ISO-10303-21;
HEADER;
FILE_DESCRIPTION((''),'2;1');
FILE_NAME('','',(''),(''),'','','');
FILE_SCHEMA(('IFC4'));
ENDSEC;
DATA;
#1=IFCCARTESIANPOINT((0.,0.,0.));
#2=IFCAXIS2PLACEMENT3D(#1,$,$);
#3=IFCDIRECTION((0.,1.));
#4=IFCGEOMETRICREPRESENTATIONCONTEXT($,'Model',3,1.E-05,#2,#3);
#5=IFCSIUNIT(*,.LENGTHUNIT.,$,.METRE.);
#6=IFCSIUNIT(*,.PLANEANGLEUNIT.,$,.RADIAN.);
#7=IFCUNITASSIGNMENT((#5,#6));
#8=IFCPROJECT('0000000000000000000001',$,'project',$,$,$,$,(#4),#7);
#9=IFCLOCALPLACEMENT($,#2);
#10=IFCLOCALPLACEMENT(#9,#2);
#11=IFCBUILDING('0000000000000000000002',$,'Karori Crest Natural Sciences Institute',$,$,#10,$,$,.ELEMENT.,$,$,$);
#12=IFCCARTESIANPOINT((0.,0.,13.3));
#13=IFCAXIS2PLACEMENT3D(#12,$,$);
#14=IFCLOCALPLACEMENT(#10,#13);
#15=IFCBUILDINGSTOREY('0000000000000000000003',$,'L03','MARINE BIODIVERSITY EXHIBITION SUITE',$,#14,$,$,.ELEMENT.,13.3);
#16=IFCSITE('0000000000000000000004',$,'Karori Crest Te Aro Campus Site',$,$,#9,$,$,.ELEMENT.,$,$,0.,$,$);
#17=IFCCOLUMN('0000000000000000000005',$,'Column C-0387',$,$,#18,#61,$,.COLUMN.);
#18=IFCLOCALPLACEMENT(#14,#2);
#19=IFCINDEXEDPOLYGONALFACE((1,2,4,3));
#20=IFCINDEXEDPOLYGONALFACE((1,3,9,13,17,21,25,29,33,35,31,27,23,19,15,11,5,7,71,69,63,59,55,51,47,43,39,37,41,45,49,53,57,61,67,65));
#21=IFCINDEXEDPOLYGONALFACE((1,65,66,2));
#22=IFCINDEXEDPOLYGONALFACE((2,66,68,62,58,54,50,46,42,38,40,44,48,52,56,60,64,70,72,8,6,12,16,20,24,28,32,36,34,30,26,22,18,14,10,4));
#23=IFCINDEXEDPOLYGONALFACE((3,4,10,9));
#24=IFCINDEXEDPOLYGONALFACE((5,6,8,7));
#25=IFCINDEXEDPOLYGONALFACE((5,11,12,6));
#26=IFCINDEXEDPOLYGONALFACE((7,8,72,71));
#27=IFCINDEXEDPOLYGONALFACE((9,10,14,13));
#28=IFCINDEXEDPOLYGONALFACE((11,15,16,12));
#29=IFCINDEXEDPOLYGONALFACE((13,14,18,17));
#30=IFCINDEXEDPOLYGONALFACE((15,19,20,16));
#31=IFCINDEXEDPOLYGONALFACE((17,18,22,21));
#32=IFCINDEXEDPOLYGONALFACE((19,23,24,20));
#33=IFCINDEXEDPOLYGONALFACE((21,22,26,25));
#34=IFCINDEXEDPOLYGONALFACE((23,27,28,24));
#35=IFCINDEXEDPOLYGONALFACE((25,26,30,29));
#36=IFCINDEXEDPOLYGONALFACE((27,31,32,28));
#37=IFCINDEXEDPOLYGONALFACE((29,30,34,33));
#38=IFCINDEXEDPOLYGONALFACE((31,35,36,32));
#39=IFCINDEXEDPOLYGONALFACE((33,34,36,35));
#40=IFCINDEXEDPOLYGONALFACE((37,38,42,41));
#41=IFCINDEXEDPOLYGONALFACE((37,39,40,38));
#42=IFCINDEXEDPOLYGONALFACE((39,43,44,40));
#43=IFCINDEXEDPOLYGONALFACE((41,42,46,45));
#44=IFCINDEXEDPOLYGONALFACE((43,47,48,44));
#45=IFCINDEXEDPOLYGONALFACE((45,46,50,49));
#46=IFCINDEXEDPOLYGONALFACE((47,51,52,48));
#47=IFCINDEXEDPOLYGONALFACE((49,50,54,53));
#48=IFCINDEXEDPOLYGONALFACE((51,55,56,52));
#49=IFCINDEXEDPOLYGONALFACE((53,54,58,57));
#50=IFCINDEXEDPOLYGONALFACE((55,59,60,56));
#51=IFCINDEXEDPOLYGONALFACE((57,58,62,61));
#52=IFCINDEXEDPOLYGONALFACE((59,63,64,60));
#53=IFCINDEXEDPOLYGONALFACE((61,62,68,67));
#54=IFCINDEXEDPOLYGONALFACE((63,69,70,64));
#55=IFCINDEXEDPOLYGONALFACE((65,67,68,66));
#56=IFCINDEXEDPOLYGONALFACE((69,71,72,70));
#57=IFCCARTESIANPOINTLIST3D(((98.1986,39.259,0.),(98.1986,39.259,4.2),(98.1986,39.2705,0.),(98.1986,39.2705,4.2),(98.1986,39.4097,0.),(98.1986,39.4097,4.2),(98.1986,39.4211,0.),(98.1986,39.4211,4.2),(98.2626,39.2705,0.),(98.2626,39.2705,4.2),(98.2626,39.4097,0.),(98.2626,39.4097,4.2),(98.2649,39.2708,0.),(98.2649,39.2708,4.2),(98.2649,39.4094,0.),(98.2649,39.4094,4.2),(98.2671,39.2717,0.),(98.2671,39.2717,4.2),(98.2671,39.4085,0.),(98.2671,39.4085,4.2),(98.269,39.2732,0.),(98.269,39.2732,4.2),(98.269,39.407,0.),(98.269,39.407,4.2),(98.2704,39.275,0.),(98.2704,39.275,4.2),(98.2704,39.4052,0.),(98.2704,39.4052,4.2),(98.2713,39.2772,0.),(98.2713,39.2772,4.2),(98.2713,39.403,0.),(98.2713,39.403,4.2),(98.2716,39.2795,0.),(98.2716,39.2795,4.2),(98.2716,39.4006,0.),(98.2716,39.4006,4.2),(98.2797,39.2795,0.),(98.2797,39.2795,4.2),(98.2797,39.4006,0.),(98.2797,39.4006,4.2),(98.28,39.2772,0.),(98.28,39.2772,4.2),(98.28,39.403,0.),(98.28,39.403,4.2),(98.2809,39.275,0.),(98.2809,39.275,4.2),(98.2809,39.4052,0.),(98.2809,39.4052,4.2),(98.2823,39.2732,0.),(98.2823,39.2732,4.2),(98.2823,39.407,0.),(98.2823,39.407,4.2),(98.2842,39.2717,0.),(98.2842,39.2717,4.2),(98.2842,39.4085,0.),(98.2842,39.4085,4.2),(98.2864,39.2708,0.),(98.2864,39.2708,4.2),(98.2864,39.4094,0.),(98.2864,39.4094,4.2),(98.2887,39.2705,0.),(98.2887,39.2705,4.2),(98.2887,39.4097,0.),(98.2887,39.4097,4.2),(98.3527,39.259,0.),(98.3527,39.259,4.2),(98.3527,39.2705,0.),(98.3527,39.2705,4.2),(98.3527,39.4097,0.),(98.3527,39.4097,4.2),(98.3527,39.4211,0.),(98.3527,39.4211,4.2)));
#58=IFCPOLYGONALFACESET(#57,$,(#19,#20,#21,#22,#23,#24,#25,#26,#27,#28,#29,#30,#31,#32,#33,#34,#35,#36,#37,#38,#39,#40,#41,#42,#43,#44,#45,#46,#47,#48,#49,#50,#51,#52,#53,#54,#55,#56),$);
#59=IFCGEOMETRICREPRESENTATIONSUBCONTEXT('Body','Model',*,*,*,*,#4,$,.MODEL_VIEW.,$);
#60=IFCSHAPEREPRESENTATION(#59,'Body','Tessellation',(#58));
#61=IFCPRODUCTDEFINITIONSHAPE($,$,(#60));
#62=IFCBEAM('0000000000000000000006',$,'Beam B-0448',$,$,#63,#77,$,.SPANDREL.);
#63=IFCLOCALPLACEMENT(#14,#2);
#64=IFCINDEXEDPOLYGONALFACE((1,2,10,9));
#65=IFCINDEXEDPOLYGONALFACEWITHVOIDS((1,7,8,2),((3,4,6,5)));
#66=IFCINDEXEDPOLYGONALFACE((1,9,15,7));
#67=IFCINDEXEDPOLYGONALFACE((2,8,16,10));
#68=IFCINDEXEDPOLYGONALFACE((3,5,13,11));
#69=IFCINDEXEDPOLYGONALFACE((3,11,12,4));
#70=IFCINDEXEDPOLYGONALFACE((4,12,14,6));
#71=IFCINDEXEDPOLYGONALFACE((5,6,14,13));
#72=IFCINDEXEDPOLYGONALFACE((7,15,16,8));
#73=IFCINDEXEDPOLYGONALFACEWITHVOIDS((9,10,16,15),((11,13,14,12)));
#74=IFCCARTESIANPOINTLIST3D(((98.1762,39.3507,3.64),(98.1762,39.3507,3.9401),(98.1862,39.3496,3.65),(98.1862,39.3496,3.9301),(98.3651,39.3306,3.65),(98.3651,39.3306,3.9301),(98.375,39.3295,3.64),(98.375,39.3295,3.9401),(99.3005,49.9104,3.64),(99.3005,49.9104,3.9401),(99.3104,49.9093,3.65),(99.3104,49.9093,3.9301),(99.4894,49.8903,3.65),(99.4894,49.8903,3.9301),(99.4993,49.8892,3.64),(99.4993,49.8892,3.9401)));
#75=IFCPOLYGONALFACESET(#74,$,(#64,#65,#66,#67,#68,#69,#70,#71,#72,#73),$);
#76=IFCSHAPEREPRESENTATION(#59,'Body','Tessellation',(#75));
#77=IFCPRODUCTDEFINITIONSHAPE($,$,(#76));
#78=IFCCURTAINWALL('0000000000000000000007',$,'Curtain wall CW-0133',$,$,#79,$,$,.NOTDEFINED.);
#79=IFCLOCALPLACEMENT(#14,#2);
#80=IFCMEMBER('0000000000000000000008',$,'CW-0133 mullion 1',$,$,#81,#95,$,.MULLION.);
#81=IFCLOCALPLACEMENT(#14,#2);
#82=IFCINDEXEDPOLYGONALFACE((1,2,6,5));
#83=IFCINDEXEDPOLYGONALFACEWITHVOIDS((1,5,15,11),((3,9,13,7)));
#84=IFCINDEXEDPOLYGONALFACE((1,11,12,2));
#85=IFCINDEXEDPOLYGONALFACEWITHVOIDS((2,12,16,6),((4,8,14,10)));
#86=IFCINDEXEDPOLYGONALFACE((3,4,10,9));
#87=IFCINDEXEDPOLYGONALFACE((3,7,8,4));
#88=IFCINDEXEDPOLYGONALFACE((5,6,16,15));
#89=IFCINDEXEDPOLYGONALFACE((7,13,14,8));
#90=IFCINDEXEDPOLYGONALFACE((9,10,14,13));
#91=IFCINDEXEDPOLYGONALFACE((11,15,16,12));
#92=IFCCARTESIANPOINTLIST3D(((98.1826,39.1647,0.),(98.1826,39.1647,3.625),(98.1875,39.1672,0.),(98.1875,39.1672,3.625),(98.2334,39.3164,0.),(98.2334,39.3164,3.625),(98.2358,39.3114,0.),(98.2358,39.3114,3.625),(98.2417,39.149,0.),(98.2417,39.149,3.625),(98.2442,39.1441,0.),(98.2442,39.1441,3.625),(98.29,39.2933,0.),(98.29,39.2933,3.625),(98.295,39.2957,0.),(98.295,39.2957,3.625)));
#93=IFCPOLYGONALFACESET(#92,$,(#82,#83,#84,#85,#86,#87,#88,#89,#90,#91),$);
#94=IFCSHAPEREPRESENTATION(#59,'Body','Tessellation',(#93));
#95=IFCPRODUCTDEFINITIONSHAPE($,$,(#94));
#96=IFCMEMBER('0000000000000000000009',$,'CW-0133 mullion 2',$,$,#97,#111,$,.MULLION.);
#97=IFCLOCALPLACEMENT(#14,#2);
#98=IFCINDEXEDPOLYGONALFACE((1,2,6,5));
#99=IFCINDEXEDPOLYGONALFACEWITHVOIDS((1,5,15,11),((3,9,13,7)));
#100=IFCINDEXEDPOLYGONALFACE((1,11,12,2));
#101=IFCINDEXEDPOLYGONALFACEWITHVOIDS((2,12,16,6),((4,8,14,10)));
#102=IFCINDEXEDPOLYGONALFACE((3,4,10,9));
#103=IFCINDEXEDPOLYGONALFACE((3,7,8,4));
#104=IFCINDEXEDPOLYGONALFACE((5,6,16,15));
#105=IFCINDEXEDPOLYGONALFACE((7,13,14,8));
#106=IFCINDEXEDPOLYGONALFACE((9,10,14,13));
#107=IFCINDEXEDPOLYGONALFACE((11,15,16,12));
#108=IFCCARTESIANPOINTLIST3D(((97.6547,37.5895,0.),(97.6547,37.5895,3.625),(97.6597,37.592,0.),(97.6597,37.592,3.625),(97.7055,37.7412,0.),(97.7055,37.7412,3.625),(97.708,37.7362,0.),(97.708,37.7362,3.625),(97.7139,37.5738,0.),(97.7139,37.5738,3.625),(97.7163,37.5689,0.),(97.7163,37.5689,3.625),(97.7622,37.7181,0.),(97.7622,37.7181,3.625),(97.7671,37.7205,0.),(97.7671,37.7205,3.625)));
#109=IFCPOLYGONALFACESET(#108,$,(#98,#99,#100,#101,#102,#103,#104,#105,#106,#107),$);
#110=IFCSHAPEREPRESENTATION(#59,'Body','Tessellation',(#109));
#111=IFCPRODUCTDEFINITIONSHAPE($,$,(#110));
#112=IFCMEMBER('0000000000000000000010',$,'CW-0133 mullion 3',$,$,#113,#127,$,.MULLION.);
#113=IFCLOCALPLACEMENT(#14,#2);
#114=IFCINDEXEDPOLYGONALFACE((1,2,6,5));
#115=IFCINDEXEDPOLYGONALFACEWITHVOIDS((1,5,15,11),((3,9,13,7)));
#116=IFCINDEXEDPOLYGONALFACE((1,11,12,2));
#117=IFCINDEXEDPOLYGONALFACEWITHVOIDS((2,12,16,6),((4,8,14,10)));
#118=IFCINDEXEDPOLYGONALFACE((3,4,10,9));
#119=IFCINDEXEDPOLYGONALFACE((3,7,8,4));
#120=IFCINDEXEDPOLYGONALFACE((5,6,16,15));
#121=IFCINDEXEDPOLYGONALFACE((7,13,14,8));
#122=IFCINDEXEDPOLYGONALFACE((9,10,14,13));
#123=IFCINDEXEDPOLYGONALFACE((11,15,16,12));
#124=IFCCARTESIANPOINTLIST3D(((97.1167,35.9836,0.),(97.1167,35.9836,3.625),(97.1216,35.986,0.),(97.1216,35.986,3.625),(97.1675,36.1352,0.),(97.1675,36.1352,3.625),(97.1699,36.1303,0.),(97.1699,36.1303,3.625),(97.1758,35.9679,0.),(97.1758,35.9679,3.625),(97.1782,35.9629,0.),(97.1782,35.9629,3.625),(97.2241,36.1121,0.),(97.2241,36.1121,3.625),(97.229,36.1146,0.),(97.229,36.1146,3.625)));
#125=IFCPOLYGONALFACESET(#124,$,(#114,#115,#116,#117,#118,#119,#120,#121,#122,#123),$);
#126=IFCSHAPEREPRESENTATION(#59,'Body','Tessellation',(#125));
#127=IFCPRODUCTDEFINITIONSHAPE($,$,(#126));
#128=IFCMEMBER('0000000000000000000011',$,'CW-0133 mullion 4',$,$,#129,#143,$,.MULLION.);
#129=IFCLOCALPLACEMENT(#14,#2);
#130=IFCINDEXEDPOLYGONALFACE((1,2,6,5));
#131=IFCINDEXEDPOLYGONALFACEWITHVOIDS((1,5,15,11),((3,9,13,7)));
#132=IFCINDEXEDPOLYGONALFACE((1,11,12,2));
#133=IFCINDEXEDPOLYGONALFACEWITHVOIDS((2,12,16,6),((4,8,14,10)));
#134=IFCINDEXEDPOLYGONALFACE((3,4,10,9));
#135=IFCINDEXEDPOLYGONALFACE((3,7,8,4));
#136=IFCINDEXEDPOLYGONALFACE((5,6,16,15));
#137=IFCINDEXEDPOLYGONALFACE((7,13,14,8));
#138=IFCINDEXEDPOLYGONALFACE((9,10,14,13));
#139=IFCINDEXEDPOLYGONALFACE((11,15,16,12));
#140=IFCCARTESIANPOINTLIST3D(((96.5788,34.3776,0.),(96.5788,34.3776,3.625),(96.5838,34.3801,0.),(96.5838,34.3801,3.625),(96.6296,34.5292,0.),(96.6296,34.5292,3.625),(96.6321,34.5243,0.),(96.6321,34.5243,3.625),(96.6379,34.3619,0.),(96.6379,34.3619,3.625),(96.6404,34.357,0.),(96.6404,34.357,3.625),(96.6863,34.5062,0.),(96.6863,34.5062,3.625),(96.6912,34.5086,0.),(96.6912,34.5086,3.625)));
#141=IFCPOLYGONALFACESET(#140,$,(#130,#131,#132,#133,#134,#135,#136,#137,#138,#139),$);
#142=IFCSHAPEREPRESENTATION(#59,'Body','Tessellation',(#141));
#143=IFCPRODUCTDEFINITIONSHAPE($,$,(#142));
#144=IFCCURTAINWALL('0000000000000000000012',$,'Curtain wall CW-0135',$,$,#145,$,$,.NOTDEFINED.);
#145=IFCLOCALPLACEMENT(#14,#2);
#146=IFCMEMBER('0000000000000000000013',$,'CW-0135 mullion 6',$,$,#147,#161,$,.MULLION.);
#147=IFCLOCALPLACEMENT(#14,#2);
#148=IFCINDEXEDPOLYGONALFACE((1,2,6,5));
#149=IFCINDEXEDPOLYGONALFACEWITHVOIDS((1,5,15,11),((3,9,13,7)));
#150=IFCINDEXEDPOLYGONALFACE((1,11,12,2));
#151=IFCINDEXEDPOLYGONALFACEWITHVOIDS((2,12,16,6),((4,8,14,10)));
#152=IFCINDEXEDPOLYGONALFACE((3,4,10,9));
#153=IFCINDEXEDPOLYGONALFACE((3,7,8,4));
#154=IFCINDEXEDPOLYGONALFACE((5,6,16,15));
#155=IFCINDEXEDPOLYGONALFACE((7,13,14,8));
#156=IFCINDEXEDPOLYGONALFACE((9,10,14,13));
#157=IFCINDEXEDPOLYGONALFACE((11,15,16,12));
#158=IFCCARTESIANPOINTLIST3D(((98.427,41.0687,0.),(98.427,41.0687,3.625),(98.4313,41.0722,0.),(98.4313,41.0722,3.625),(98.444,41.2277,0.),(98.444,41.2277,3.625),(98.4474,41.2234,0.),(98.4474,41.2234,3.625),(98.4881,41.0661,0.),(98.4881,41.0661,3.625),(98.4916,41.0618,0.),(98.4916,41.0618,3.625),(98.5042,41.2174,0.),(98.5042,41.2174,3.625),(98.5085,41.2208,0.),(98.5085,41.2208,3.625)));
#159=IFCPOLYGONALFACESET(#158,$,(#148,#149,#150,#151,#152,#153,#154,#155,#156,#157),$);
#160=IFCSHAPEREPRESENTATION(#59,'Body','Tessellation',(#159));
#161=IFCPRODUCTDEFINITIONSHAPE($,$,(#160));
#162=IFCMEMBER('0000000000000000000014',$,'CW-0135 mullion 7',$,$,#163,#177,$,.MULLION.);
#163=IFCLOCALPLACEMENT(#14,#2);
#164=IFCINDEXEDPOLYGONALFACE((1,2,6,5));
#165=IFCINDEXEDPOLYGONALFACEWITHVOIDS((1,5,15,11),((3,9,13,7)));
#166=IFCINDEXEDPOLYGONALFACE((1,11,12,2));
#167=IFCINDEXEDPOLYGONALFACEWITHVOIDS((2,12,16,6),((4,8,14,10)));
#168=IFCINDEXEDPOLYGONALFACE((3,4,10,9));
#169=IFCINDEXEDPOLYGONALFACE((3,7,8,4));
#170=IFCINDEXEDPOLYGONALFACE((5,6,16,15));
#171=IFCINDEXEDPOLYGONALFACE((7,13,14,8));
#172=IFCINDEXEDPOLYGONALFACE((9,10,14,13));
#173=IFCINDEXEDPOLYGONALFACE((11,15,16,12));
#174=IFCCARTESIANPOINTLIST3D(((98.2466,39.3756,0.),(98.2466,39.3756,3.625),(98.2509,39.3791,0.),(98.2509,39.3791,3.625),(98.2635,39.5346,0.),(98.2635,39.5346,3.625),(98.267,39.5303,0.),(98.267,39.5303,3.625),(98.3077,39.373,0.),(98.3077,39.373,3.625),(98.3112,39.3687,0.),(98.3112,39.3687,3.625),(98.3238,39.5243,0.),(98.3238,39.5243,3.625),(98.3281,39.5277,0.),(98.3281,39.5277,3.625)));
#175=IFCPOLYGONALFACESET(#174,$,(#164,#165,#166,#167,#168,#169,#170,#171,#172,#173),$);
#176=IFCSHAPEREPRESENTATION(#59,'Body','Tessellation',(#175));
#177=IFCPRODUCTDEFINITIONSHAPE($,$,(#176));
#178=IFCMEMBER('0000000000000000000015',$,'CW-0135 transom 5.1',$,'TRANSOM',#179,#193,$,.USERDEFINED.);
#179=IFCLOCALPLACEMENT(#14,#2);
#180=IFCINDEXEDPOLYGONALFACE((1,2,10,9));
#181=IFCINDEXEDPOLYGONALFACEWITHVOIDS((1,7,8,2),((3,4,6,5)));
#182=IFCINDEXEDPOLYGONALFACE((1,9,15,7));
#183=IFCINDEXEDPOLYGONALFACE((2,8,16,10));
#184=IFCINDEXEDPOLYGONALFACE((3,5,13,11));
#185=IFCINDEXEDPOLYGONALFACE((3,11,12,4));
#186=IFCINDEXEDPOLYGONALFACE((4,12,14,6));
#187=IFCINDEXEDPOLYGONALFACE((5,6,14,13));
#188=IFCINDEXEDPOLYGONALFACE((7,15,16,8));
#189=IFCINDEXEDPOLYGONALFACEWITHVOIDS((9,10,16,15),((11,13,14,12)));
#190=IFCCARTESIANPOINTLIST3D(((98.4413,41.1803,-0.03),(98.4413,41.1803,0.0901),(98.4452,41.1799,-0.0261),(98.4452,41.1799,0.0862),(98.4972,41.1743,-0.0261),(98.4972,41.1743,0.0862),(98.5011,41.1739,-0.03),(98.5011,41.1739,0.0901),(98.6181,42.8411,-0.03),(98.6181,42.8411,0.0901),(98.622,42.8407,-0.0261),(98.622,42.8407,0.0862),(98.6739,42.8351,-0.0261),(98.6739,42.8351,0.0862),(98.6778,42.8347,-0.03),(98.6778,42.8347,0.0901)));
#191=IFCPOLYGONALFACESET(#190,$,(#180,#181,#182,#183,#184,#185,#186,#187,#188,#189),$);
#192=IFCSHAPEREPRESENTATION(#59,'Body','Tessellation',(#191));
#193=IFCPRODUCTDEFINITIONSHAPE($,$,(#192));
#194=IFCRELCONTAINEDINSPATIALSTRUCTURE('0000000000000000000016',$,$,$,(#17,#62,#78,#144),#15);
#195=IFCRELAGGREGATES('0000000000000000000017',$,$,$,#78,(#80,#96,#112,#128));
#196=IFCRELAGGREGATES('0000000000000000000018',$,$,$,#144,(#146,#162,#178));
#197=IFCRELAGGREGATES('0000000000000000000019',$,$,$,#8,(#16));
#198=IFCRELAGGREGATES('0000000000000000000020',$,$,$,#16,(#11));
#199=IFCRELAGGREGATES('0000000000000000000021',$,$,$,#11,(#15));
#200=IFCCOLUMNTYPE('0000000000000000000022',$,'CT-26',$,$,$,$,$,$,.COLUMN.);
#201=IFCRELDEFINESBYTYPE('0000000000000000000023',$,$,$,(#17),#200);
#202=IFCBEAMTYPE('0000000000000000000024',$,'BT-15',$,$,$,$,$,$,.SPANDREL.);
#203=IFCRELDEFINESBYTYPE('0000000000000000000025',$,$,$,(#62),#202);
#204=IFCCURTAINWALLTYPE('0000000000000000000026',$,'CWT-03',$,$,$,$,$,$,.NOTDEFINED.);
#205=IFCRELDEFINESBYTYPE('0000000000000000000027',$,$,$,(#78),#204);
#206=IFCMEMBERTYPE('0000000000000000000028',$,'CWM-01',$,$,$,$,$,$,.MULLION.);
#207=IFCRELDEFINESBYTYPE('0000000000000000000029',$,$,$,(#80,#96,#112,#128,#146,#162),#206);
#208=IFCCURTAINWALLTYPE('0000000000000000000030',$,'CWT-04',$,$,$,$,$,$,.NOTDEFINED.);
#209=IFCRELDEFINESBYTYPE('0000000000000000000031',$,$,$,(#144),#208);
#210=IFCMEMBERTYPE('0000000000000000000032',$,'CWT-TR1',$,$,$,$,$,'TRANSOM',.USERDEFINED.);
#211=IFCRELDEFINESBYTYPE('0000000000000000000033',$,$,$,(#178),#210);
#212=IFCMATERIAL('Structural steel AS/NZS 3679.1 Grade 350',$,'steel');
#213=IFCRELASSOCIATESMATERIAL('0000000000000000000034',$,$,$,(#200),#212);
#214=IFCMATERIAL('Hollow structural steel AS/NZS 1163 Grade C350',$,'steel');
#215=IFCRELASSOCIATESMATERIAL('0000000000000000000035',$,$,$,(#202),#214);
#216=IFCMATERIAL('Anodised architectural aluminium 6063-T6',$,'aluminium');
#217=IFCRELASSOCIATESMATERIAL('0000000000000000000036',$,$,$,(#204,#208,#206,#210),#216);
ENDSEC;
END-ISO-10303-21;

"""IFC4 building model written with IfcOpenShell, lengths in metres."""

from ifc_helpers import new_model, si_unit, direction, frame, origin, origin_2d, place, context, subcontext, project, spatial, hollow_rectangle, i_section, extrude, material, material_profile, profile_set, type_object, element, aggregate, save


model = new_model("IFC4")

# Units and contexts
model_context = context("Model", 3, precision=1e-05, world=origin(), true_north=direction((0.0, 1.0)))
body_context = subcontext(model_context, "Body", "Model", "MODEL_VIEW")
ifc_project = project(units=[si_unit("LENGTHUNIT", "METRE"), si_unit("PLANEANGLEUNIT", "RADIAN")], contexts=[model_context])

# Site, building, storey
site_placement = place(None, origin())
site = spatial("IfcSite", under=ifc_project, at=site_placement, Name="Karori Crest Te Aro Campus Site", CompositionType="ELEMENT", RefElevation=0.0)
building_placement = place(site_placement, origin())
building = spatial("IfcBuilding", under=site, at=building_placement, Name="Karori Crest Natural Sciences Institute", CompositionType="ELEMENT")
storey_placement = place(building_placement, frame((0.0, 0.0, 13.3)))
storey = spatial("IfcBuildingStorey", under=building, at=storey_placement, Name="L03", Description="MARINE BIODIVERSITY EXHIBITION SUITE", CompositionType="ELEMENT", Elevation=13.3)

# Column
ifc_material_1 = material(Name="Structural steel AS/NZS 3679.1 Grade 350", Category="steel")
ifc_material_profile_1 = material_profile(ifc_material_1, i_section(OverallWidth=0.1541, OverallDepth=0.1621, WebThickness=0.0081, FlangeThickness=0.0115, FilletRadius=0.009, at=origin_2d()), Name="150UC37.2")
ifc_profile_set_1 = profile_set([ifc_material_profile_1], Name="Structural steel AS/NZS 3679.1 Grade 350")
column_type = type_object("IfcColumnType", Name="CT-26", PredefinedType="COLUMN", material=ifc_profile_set_1)
column_placement = place(storey_placement, frame((98.2756, 39.3401, 0.0), z_axis=(0.0, 0.0, 1.0), x_axis=(1.0, 0.0, 0.0)))
element("IfcColumn", 1, at=column_placement, inside=storey, type_object=column_type, Name="Column C-0387", PredefinedType="COLUMN", context=body_context, shape_type="SweptSolid", body=[
    extrude(i_section(OverallWidth=0.1541, OverallDepth=0.1621, WebThickness=0.0081, FlangeThickness=0.0115, FilletRadius=0.009, at=origin_2d()), origin(), (0.0, 0.0, 1.0), 4.2),
])

# Beam
ifc_material_2 = material(Name="Hollow structural steel AS/NZS 1163 Grade C350", Category="steel")
ifc_material_profile_2 = material_profile(ifc_material_2, hollow_rectangle(XDim=0.2, YDim=0.3, WallThickness=0.01, at=origin_2d()), Name="RHS300x200x10")
ifc_profile_set_2 = profile_set([ifc_material_profile_2], Name="Hollow structural steel AS/NZS 1163 Grade C350")
beam_type = type_object("IfcBeamType", Name="BT-15", PredefinedType="SPANDREL", material=ifc_profile_set_2)
beam_placement = place(storey_placement, frame((98.2756, 39.3401, 3.79), z_axis=(0.105868, 0.99438, 0.0), x_axis=(-0.99438, 0.105868, 0.0)))
element("IfcBeam", 2, at=beam_placement, inside=storey, type_object=beam_type, Name="Beam B-0448", PredefinedType="SPANDREL", context=body_context, shape_type="SweptSolid", body=[
    extrude(hollow_rectangle(XDim=0.2, YDim=0.3, WallThickness=0.01, at=origin_2d()), origin(), (0.0, 0.0, 1.0), 10.6194),
])

# Curtain walls, members
ifc_material_3 = material(Name="Anodised architectural aluminium 6063-T6", Category="aluminium")
curtain_wall_type_1 = type_object("IfcCurtainWallType", Name="CWT-03", PredefinedType="NOTDEFINED", material=ifc_material_3)
curtain_wall_1_placement = place(storey_placement, origin())
curtain_wall_1 = element("IfcCurtainWall", 3, at=curtain_wall_1_placement, inside=storey, type_object=curtain_wall_type_1, Name="Curtain wall CW-0133", PredefinedType="NOTDEFINED")
ifc_material_profile_3 = material_profile(ifc_material_3, hollow_rectangle(XDim=0.0649, YDim=0.1599, WallThickness=0.0039, at=origin_2d()), Name="CWM160x65x4")
ifc_profile_set_3 = profile_set([ifc_material_profile_3], Name="Anodised architectural aluminium 6063-T6")
member_type_1 = type_object("IfcMemberType", Name="CWM-01", PredefinedType="MULLION", material=ifc_profile_set_3)
member_1_placement = place(storey_placement, frame((98.2388, 39.2302, 0.0), z_axis=(0.0, 0.0, 1.0), x_axis=(0.948198, -0.31768, 0.0)))
member_1 = element("IfcMember", 4, at=member_1_placement, type_object=member_type_1, Name="CW-0133 mullion 1", PredefinedType="MULLION", context=body_context, shape_type="SweptSolid", body=[
    extrude(hollow_rectangle(XDim=0.0649, YDim=0.1599, WallThickness=0.0039, at=origin_2d()), origin(), (0.0, 0.0, 1.0), 3.625),
])
member_2_placement = place(storey_placement, frame((97.7109, 37.655, 0.0), z_axis=(0.0, 0.0, 1.0), x_axis=(0.948198, -0.31768, 0.0)))
member_2 = element("IfcMember", 5, at=member_2_placement, type_object=member_type_1, Name="CW-0133 mullion 2", PredefinedType="MULLION", context=body_context, shape_type="SweptSolid", body=[
    extrude(hollow_rectangle(XDim=0.0649, YDim=0.1599, WallThickness=0.0039, at=origin_2d()), origin(), (0.0, 0.0, 1.0), 3.625),
])
member_3_placement = place(storey_placement, frame((97.1729, 36.0491, 0.0), z_axis=(0.0, 0.0, 1.0), x_axis=(0.948198, -0.31768, 0.0)))
member_3 = element("IfcMember", 6, at=member_3_placement, type_object=member_type_1, Name="CW-0133 mullion 3", PredefinedType="MULLION", context=body_context, shape_type="SweptSolid", body=[
    extrude(hollow_rectangle(XDim=0.0649, YDim=0.1599, WallThickness=0.0039, at=origin_2d()), origin(), (0.0, 0.0, 1.0), 3.625),
])
member_4_placement = place(storey_placement, frame((96.635, 34.4431, 0.0), z_axis=(0.0, 0.0, 1.0), x_axis=(0.948198, -0.31768, 0.0)))
member_4 = element("IfcMember", 7, at=member_4_placement, type_object=member_type_1, Name="CW-0133 mullion 4", PredefinedType="MULLION", context=body_context, shape_type="SweptSolid", body=[
    extrude(hollow_rectangle(XDim=0.0649, YDim=0.1599, WallThickness=0.0039, at=origin_2d()), origin(), (0.0, 0.0, 1.0), 3.625),
])
curtain_wall_type_2 = type_object("IfcCurtainWallType", Name="CWT-04", PredefinedType="NOTDEFINED", material=ifc_material_3)
curtain_wall_2_placement = place(storey_placement, origin())
curtain_wall_2 = element("IfcCurtainWall", 8, at=curtain_wall_2_placement, inside=storey, type_object=curtain_wall_type_2, Name="Curtain wall CW-0135", PredefinedType="NOTDEFINED")
member_5_placement = place(storey_placement, frame((98.4678, 41.1448, 0.0), z_axis=(0.0, 0.0, 1.0), x_axis=(0.994378, -0.105886, 0.0)))
member_5 = element("IfcMember", 9, at=member_5_placement, type_object=member_type_1, Name="CW-0135 mullion 6", PredefinedType="MULLION", context=body_context, shape_type="SweptSolid", body=[
    extrude(hollow_rectangle(XDim=0.0649, YDim=0.1599, WallThickness=0.0039, at=origin_2d()), origin(), (0.0, 0.0, 1.0), 3.625),
])
member_6_placement = place(storey_placement, frame((98.2874, 39.4517, 0.0), z_axis=(0.0, 0.0, 1.0), x_axis=(0.994378, -0.105886, 0.0)))
member_6 = element("IfcMember", 10, at=member_6_placement, type_object=member_type_1, Name="CW-0135 mullion 7", PredefinedType="MULLION", context=body_context, shape_type="SweptSolid", body=[
    extrude(hollow_rectangle(XDim=0.0649, YDim=0.1599, WallThickness=0.0039, at=origin_2d()), origin(), (0.0, 0.0, 1.0), 3.625),
])
ifc_material_profile_4 = material_profile(ifc_material_3, hollow_rectangle(XDim=0.0601, YDim=0.1201, WallThickness=0.0039, at=origin_2d()), Name="CWT120x60x4")
ifc_profile_set_4 = profile_set([ifc_material_profile_4], Name="Anodised architectural aluminium 6063-T6")
member_type_2 = type_object("IfcMemberType", Name="CWT-TR1", ElementType="TRANSOM", PredefinedType="USERDEFINED", material=ifc_profile_set_4)
member_7_placement = place(storey_placement, frame((98.6479, 42.8379, 0.03), z_axis=(-0.105826, -0.994385, 0.0), x_axis=(0.994385, -0.105826, 0.0)))
member_7 = element("IfcMember", 11, at=member_7_placement, type_object=member_type_2, Name="CW-0135 transom 5.1", ObjectType="TRANSOM", PredefinedType="USERDEFINED", context=body_context, shape_type="SweptSolid", body=[
    extrude(hollow_rectangle(XDim=0.0601, YDim=0.1201, WallThickness=0.0039, at=origin_2d()), origin(), (0.0, 0.0, 1.0), 1.6702),
])

aggregate(curtain_wall_1, [member_1, member_2, member_3, member_4])
aggregate(curtain_wall_2, [member_5, member_6, member_7])

save(model, "model.ifc")
